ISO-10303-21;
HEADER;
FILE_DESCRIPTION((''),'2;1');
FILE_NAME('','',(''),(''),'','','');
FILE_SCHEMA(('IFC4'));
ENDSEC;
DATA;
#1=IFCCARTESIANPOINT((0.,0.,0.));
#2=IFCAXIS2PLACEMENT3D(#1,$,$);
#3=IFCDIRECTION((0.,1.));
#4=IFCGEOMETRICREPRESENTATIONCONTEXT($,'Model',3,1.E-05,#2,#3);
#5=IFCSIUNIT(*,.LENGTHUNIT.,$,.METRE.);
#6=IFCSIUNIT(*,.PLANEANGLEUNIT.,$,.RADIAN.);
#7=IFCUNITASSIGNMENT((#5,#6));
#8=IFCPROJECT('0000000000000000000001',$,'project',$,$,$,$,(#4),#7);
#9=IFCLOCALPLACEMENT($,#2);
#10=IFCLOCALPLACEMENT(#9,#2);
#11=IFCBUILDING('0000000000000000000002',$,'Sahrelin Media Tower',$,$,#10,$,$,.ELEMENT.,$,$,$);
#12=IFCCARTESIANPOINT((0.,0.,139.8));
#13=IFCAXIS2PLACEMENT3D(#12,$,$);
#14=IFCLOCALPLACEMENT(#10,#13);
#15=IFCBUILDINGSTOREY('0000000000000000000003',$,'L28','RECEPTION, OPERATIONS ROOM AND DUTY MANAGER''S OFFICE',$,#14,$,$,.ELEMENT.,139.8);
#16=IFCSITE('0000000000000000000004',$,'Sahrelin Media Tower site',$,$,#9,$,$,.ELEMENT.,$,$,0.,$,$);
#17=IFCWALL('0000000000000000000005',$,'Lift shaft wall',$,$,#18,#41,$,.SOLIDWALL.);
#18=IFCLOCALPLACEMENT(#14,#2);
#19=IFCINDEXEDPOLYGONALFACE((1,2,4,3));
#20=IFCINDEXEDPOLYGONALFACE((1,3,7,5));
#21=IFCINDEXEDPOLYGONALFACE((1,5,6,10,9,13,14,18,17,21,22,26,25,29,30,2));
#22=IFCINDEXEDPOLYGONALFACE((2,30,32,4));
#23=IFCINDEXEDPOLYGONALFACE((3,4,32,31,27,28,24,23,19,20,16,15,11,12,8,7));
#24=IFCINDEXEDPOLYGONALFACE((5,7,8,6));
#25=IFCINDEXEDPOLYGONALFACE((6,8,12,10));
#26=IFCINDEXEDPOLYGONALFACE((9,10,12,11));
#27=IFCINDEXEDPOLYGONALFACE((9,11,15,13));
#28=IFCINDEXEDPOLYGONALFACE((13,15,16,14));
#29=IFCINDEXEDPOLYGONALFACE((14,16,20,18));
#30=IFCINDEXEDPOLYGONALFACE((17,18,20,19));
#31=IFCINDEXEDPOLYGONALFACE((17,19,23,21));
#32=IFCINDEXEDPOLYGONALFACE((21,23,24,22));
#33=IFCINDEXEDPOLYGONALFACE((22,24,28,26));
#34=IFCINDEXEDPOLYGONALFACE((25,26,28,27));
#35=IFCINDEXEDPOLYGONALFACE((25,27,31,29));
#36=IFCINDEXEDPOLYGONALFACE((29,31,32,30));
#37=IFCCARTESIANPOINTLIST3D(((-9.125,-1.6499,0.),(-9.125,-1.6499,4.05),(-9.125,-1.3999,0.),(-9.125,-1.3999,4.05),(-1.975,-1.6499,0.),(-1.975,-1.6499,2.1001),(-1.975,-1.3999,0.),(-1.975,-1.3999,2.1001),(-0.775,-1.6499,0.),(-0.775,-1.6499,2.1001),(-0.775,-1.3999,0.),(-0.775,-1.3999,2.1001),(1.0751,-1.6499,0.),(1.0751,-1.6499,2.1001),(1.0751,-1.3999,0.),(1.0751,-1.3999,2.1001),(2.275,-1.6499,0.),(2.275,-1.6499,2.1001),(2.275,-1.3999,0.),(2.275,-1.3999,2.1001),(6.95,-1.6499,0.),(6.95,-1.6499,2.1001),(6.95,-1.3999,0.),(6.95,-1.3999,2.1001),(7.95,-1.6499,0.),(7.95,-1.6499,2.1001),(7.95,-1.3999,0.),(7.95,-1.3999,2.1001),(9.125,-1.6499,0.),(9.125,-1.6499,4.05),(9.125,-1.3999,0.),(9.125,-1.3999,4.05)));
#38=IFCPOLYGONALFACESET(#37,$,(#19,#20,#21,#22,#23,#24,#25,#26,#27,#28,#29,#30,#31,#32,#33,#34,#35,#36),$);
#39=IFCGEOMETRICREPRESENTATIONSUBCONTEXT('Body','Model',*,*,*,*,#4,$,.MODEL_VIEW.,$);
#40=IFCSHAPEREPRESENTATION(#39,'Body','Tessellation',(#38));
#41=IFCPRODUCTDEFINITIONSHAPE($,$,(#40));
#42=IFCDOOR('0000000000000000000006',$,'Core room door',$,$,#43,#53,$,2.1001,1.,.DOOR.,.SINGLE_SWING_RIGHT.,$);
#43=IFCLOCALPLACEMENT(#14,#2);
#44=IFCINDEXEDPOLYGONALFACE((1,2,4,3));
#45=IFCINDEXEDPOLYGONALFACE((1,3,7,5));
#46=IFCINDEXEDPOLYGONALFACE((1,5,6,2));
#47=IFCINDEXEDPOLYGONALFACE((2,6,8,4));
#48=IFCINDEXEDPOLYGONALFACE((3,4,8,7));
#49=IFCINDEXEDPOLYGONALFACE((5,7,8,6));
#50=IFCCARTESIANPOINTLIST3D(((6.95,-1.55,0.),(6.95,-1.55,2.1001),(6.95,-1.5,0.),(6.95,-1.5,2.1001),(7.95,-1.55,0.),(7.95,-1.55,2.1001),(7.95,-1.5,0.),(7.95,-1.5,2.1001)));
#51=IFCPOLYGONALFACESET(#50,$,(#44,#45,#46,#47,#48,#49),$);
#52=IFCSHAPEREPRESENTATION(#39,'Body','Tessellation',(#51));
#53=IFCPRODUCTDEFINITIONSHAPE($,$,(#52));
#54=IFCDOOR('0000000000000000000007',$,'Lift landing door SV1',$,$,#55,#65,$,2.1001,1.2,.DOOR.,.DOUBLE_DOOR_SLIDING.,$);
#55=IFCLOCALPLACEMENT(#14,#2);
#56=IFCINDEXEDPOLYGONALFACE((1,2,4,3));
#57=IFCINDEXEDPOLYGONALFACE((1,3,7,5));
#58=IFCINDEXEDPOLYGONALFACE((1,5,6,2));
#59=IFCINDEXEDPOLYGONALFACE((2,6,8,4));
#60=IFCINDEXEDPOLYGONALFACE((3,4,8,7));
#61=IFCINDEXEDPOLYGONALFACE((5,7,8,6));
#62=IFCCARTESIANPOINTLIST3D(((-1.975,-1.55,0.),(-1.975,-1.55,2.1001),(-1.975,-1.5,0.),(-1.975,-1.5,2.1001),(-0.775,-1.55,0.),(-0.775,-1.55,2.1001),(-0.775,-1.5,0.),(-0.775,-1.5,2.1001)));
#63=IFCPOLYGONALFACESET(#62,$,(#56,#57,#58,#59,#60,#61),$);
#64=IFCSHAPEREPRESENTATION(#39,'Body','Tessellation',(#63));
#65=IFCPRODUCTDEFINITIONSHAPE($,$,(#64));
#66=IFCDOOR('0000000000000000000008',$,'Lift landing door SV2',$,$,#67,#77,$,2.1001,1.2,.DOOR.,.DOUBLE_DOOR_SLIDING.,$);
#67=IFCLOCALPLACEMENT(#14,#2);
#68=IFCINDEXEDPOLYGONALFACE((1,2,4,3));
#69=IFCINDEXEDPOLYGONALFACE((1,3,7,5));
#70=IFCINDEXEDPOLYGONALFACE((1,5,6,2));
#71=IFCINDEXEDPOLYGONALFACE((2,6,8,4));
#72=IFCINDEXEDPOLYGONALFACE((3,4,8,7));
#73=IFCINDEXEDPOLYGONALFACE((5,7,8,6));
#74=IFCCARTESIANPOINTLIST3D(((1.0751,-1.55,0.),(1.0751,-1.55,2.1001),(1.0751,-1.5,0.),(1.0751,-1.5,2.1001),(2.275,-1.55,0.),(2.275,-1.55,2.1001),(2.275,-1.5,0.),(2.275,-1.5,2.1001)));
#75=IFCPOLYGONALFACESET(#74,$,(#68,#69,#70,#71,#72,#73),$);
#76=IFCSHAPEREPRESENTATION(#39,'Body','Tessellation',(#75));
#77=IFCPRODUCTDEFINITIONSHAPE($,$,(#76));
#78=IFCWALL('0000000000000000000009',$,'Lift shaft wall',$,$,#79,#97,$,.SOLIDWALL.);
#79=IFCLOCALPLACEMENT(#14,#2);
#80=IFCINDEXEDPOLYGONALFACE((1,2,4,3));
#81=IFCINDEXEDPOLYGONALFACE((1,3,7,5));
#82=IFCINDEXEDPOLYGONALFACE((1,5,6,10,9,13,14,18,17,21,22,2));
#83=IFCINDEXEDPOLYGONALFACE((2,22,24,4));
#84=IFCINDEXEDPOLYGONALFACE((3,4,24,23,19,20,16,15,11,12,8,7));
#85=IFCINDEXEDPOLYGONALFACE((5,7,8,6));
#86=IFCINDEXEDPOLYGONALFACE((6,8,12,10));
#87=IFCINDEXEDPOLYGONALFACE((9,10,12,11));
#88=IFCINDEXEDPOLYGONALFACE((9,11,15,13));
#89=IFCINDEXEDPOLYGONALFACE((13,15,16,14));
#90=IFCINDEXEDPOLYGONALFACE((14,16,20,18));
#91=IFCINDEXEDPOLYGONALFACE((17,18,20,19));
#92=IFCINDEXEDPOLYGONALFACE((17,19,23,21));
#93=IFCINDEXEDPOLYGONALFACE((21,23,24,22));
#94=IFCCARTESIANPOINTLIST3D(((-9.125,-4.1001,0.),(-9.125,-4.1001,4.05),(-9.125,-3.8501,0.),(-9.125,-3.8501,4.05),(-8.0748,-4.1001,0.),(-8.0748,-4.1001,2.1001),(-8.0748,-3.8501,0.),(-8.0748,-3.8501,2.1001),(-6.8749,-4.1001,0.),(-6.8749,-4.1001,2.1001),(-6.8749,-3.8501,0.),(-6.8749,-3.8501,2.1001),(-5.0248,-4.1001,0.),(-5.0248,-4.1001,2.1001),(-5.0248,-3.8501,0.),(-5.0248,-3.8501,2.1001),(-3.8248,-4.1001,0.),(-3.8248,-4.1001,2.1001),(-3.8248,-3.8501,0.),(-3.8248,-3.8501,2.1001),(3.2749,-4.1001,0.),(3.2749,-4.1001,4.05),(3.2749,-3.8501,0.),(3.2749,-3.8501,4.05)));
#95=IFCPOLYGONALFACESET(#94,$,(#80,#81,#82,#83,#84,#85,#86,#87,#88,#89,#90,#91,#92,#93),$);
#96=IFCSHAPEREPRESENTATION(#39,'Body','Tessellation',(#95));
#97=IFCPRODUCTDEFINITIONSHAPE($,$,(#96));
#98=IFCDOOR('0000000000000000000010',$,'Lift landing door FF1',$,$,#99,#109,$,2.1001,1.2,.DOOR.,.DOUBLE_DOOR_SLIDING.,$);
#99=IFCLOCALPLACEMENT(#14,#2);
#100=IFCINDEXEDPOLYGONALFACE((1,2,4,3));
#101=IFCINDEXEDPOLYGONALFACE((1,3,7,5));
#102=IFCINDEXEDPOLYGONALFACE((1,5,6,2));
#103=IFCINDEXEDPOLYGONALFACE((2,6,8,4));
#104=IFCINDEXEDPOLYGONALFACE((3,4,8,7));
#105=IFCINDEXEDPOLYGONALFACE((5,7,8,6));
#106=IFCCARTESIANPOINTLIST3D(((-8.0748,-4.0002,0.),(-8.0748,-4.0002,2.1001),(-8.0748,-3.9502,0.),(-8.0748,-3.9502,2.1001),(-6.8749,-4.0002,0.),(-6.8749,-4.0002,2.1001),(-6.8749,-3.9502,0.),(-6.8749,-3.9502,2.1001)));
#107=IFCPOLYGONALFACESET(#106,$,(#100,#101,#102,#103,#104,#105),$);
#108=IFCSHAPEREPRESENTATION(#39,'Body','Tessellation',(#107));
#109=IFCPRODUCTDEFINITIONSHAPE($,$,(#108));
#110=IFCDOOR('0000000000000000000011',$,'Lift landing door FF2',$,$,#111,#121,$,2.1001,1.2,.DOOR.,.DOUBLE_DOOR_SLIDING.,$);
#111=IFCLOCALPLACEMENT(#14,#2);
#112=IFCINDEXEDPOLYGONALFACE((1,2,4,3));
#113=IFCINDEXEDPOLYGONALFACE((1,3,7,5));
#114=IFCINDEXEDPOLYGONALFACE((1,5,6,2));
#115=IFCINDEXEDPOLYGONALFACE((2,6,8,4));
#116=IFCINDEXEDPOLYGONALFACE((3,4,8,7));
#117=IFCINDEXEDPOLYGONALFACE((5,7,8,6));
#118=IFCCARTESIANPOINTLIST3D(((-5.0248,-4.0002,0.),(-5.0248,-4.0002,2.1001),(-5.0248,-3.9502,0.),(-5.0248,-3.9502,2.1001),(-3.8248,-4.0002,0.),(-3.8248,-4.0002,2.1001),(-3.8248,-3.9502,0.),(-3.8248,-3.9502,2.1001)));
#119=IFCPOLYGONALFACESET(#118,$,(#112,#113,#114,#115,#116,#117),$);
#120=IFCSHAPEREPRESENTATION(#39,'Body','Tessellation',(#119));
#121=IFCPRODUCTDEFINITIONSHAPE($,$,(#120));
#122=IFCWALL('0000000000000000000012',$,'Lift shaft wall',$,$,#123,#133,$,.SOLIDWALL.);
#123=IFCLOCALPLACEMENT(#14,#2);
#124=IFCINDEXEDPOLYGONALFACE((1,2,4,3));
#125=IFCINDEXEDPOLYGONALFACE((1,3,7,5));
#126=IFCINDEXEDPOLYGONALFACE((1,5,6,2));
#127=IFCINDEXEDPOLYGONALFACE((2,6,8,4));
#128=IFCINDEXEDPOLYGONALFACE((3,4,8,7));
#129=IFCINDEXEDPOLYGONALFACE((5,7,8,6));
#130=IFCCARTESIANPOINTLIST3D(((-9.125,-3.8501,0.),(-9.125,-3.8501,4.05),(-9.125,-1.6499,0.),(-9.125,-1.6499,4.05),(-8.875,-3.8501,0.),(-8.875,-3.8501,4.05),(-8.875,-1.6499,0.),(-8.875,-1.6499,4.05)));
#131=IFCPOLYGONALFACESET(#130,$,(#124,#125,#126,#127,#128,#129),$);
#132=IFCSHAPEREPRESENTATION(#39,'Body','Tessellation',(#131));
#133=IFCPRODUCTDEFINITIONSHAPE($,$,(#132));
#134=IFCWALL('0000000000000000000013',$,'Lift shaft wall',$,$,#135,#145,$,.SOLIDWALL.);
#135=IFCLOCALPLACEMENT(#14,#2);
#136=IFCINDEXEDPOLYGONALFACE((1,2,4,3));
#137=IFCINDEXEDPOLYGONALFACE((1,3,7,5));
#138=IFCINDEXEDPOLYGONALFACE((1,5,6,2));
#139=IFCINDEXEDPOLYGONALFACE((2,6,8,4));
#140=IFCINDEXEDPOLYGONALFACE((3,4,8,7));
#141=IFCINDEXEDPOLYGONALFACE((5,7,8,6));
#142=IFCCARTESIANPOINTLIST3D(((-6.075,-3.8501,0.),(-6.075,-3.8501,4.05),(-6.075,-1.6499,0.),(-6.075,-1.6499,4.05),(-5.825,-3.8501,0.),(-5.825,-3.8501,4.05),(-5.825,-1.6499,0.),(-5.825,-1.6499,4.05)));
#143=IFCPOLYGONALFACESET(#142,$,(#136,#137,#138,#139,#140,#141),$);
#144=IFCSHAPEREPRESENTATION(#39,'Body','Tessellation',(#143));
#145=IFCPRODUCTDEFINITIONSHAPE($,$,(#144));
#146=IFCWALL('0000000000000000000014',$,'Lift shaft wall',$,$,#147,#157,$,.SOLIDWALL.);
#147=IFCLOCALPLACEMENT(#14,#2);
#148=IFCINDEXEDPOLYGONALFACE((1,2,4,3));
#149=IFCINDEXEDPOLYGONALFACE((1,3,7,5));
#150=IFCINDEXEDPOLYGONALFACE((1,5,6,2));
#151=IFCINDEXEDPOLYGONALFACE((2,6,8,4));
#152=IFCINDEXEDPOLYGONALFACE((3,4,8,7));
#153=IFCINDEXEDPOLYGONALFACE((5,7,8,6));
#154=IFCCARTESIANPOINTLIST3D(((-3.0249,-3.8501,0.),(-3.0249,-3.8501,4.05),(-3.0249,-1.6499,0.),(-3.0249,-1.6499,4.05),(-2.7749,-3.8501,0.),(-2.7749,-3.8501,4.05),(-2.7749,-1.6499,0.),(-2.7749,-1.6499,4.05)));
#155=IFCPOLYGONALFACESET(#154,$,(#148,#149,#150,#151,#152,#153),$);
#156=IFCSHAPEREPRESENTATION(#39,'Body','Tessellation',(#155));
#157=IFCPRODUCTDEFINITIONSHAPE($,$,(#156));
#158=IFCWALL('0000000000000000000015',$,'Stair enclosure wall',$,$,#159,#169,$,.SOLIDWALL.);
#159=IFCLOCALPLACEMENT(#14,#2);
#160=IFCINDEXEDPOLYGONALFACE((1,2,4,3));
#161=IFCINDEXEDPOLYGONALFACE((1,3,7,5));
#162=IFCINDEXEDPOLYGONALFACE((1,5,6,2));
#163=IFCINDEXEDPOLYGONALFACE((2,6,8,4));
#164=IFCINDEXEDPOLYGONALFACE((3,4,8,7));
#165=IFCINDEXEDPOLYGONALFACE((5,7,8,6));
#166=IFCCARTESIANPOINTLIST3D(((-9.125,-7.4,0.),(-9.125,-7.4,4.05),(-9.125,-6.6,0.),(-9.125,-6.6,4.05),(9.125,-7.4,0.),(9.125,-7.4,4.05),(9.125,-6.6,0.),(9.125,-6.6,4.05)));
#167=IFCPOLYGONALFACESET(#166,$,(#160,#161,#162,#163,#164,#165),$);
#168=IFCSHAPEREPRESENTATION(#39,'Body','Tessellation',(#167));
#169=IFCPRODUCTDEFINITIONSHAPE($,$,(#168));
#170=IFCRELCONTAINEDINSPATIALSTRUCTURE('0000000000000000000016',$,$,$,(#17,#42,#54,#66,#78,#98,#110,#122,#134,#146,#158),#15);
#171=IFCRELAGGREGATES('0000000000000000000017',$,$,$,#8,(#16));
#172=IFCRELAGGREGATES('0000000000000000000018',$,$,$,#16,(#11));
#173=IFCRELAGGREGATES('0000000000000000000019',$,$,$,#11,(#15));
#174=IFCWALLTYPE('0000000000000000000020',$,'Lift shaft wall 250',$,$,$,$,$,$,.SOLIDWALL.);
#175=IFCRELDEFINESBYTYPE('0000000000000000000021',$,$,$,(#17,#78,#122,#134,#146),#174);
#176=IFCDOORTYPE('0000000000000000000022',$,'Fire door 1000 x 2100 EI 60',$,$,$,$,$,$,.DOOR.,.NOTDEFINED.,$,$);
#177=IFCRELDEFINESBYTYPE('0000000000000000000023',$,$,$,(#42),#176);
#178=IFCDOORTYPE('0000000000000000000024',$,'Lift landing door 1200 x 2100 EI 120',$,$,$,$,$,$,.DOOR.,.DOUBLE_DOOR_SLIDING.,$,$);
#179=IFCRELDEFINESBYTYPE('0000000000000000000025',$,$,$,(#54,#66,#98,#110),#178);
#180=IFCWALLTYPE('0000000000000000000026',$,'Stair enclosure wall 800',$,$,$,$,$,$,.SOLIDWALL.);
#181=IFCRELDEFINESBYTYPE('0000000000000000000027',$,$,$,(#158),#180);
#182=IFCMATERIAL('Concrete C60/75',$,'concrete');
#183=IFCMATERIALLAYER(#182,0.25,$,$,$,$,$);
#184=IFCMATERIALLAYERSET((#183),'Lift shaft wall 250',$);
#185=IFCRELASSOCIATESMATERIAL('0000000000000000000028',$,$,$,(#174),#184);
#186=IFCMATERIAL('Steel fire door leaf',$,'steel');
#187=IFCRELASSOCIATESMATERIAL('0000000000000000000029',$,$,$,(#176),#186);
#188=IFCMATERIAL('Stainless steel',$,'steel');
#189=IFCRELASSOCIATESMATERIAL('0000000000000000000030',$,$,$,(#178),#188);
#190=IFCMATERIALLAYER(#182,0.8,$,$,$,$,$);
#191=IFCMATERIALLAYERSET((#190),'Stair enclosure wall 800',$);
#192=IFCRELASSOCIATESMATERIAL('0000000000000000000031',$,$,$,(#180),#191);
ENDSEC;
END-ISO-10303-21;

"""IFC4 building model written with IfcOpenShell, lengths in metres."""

from ifc_helpers import new_model, si_unit, direction, frame, frame_2d, origin, place, context, subcontext, project, spatial, rectangle, extrude, material, layer, layer_set, type_object, element, fill, save


model = new_model("IFC4")

# Units and contexts
model_context = context("Model", 3, precision=1e-05, world=origin(), true_north=direction((0.0, 1.0)))
body_context = subcontext(model_context, "Body", "Model", "MODEL_VIEW")
ifc_project = project(units=[si_unit("LENGTHUNIT", "METRE"), si_unit("PLANEANGLEUNIT", "RADIAN")], contexts=[model_context])

# Site, building, storey
site_placement = place(None, origin())
site = spatial("IfcSite", under=ifc_project, at=site_placement, Name="Sahrelin Media Tower site", CompositionType="ELEMENT", RefElevation=0.0)
building_placement = place(site_placement, origin())
building = spatial("IfcBuilding", under=site, at=building_placement, Name="Sahrelin Media Tower", CompositionType="ELEMENT")
storey_placement = place(building_placement, frame((0.0, 0.0, 139.8)))
storey = spatial("IfcBuildingStorey", under=building, at=storey_placement, Name="L28", Description="RECEPTION, OPERATIONS ROOM AND DUTY MANAGER'S OFFICE", CompositionType="ELEMENT", Elevation=139.8)

# Shared definitions
ifc_material_1 = material(Name="Concrete C60/75", Category="concrete")

# Shared definitions
ifc_material_2 = material(Name="Steel fire door leaf", Category="steel")

# Walls, openings, doors
ifc_layer_1 = layer(ifc_material_1, 0.25)
ifc_layer_set_1 = layer_set([ifc_layer_1], Name="Lift shaft wall 250")
wall_type_1 = type_object("IfcWallType", Name="Lift shaft wall 250", PredefinedType="SOLIDWALL", material=ifc_layer_set_1)
wall_1_placement = place(storey_placement, frame((-9.125, -1.5249, 0.0), z_axis=(0.0, 0.0, 1.0), x_axis=(1.0, 0.0, 0.0)))
wall_1 = element("IfcWall", 1, at=wall_1_placement, inside=storey, type_object=wall_type_1, Name="Lift shaft wall", PredefinedType="SOLIDWALL", context=body_context, shape_type="SweptSolid", body=[
    extrude(rectangle(XDim=18.25, YDim=0.25, at=frame_2d((9.125, 0.0))), origin(), (0.0, 0.0, 1.0), 4.05),
])
opening_1_placement = place(wall_1_placement, frame((7.1499, 0.0, 0.0)))
opening_1 = element("IfcOpeningElement", 2, at=opening_1_placement, cuts=wall_1, PredefinedType="OPENING", context=body_context, shape_type="SweptSolid", body=[
    extrude(rectangle(XDim=1.2, YDim=2.1001, at=frame_2d((0.6001, 1.05))), frame((0.0, 0.125, 0.0), z_axis=(0.0, -1.0, 0.0), x_axis=(1.0, 0.0, 0.0)), (0.0, 0.0, 1.0), 0.25),
])
opening_2_placement = place(wall_1_placement, frame((10.2, 0.0, 0.0)))
opening_2 = element("IfcOpeningElement", 3, at=opening_2_placement, cuts=wall_1, PredefinedType="OPENING", context=body_context, shape_type="SweptSolid", body=[
    extrude(rectangle(XDim=1.2, YDim=2.1001, at=frame_2d((0.6001, 1.05))), frame((0.0, 0.125, 0.0), z_axis=(0.0, -1.0, 0.0), x_axis=(1.0, 0.0, 0.0)), (0.0, 0.0, 1.0), 0.25),
])
opening_3_placement = place(wall_1_placement, frame((16.075, 0.0, 0.0)))
opening_3 = element("IfcOpeningElement", 4, at=opening_3_placement, cuts=wall_1, PredefinedType="OPENING", context=body_context, shape_type="SweptSolid", body=[
    extrude(rectangle(XDim=1.0, YDim=2.1001, at=frame_2d((0.5, 1.05))), frame((0.0, 0.125, 0.0), z_axis=(0.0, -1.0, 0.0), x_axis=(1.0, 0.0, 0.0)), (0.0, 0.0, 1.0), 0.25),
])
door_type_1 = type_object("IfcDoorType", Name="Fire door 1000 x 2100 EI 60", OperationType="NOTDEFINED", PredefinedType="DOOR", material=ifc_material_2)
door_1_placement = place(opening_3_placement, origin())
door_1 = element("IfcDoor", 5, at=door_1_placement, inside=storey, type_object=door_type_1, Name="Core room door", OperationType="SINGLE_SWING_RIGHT", OverallHeight=2.1001, OverallWidth=1.0, PredefinedType="DOOR", context=body_context, shape_type="SweptSolid", body=[
    extrude(rectangle(XDim=1.0, YDim=2.1001, at=frame_2d((0.5, 1.05))), frame((0.0, 0.0249, 0.0), z_axis=(0.0, -1.0, 0.0), x_axis=(1.0, 0.0, 0.0)), (0.0, 0.0, 1.0), 0.05),
])
fill(opening_3, door_1)
ifc_material_3 = material(Name="Stainless steel", Category="steel")
door_type_2 = type_object("IfcDoorType", Name="Lift landing door 1200 x 2100 EI 120", OperationType="DOUBLE_DOOR_SLIDING", PredefinedType="DOOR", material=ifc_material_3)
door_2_placement = place(opening_1_placement, origin())
door_2 = element("IfcDoor", 6, at=door_2_placement, inside=storey, type_object=door_type_2, Name="Lift landing door SV1", OperationType="DOUBLE_DOOR_SLIDING", OverallHeight=2.1001, OverallWidth=1.2, PredefinedType="DOOR", context=body_context, shape_type="SweptSolid", body=[
    extrude(rectangle(XDim=1.2, YDim=2.1001, at=frame_2d((0.6001, 1.05))), frame((0.0, 0.0249, 0.0), z_axis=(0.0, -1.0, 0.0), x_axis=(1.0, 0.0, 0.0)), (0.0, 0.0, 1.0), 0.05),
])
fill(opening_1, door_2)
door_3_placement = place(opening_2_placement, origin())
door_3 = element("IfcDoor", 7, at=door_3_placement, inside=storey, type_object=door_type_2, Name="Lift landing door SV2", OperationType="DOUBLE_DOOR_SLIDING", OverallHeight=2.1001, OverallWidth=1.2, PredefinedType="DOOR", context=body_context, shape_type="SweptSolid", body=[
    extrude(rectangle(XDim=1.2, YDim=2.1001, at=frame_2d((0.6001, 1.05))), frame((0.0, 0.0249, 0.0), z_axis=(0.0, -1.0, 0.0), x_axis=(1.0, 0.0, 0.0)), (0.0, 0.0, 1.0), 0.05),
])
fill(opening_2, door_3)
wall_2_placement = place(storey_placement, frame((-9.125, -3.9751, 0.0), z_axis=(0.0, 0.0, 1.0), x_axis=(1.0, 0.0, 0.0)))
wall_2 = element("IfcWall", 8, at=wall_2_placement, inside=storey, type_object=wall_type_1, Name="Lift shaft wall", PredefinedType="SOLIDWALL", context=body_context, shape_type="SweptSolid", body=[
    extrude(rectangle(XDim=12.3999, YDim=0.25, at=frame_2d((6.2, 0.0))), origin(), (0.0, 0.0, 1.0), 4.05),
])
opening_4_placement = place(wall_2_placement, frame((1.05, 0.0, 0.0)))
opening_4 = element("IfcOpeningElement", 9, at=opening_4_placement, cuts=wall_2, PredefinedType="OPENING", context=body_context, shape_type="SweptSolid", body=[
    extrude(rectangle(XDim=1.2, YDim=2.1001, at=frame_2d((0.6001, 1.05))), frame((0.0, 0.125, 0.0), z_axis=(0.0, -1.0, 0.0), x_axis=(1.0, 0.0, 0.0)), (0.0, 0.0, 1.0), 0.25),
])
opening_5_placement = place(wall_2_placement, frame((4.1001, 0.0, 0.0)))
opening_5 = element("IfcOpeningElement", 10, at=opening_5_placement, cuts=wall_2, PredefinedType="OPENING", context=body_context, shape_type="SweptSolid", body=[
    extrude(rectangle(XDim=1.2, YDim=2.1001, at=frame_2d((0.6001, 1.05))), frame((0.0, 0.125, 0.0), z_axis=(0.0, -1.0, 0.0), x_axis=(1.0, 0.0, 0.0)), (0.0, 0.0, 1.0), 0.25),
])
door_4_placement = place(opening_4_placement, origin())
door_4 = element("IfcDoor", 11, at=door_4_placement, inside=storey, type_object=door_type_2, Name="Lift landing door FF1", OperationType="DOUBLE_DOOR_SLIDING", OverallHeight=2.1001, OverallWidth=1.2, PredefinedType="DOOR", context=body_context, shape_type="SweptSolid", body=[
    extrude(rectangle(XDim=1.2, YDim=2.1001, at=frame_2d((0.6001, 1.05))), frame((0.0, 0.0249, 0.0), z_axis=(0.0, -1.0, 0.0), x_axis=(1.0, 0.0, 0.0)), (0.0, 0.0, 1.0), 0.05),
])
fill(opening_4, door_4)
door_5_placement = place(opening_5_placement, origin())
door_5 = element("IfcDoor", 12, at=door_5_placement, inside=storey, type_object=door_type_2, Name="Lift landing door FF2", OperationType="DOUBLE_DOOR_SLIDING", OverallHeight=2.1001, OverallWidth=1.2, PredefinedType="DOOR", context=body_context, shape_type="SweptSolid", body=[
    extrude(rectangle(XDim=1.2, YDim=2.1001, at=frame_2d((0.6001, 1.05))), frame((0.0, 0.0249, 0.0), z_axis=(0.0, -1.0, 0.0), x_axis=(1.0, 0.0, 0.0)), (0.0, 0.0, 1.0), 0.05),
])
fill(opening_5, door_5)

# Walls
for number, where, z_axis, x_axis, name in (
    (13, (-9.0, -3.8501, 0.0), (0.0, 0.0, 1.0), (0.0, 1.0, 0.0), "Lift shaft wall"),
    (14, (-5.95, -3.8501, 0.0), (0.0, 0.0, 1.0), (0.0, 1.0, 0.0), "Lift shaft wall"),
    (15, (-2.8999, -3.8501, 0.0), (0.0, 0.0, 1.0), (0.0, 1.0, 0.0), "Lift shaft wall"),
):
    element("IfcWall", number, at=place(storey_placement, frame(where, z_axis=z_axis, x_axis=x_axis)), inside=storey, type_object=wall_type_1, Name=name, PredefinedType="SOLIDWALL", context=body_context, shape_type="SweptSolid", body=[
        extrude(rectangle(XDim=2.2002, YDim=0.25, at=frame_2d((1.1001, 0.0))), origin(), (0.0, 0.0, 1.0), 4.05),
    ])
ifc_layer_2 = layer(ifc_material_1, 0.8)
ifc_layer_set_2 = layer_set([ifc_layer_2], Name="Stair enclosure wall 800")
wall_type_2 = type_object("IfcWallType", Name="Stair enclosure wall 800", PredefinedType="SOLIDWALL", material=ifc_layer_set_2)
wall_3_placement = place(storey_placement, frame((-9.125, -7.0, 0.0), z_axis=(0.0, 0.0, 1.0), x_axis=(1.0, 0.0, 0.0)))
element("IfcWall", 16, at=wall_3_placement, inside=storey, type_object=wall_type_2, Name="Stair enclosure wall", PredefinedType="SOLIDWALL", context=body_context, shape_type="SweptSolid", body=[
    extrude(rectangle(XDim=18.25, YDim=0.8, at=frame_2d((9.125, 0.0))), origin(), (0.0, 0.0, 1.0), 4.05),
])

save(model, "model.ifc")
